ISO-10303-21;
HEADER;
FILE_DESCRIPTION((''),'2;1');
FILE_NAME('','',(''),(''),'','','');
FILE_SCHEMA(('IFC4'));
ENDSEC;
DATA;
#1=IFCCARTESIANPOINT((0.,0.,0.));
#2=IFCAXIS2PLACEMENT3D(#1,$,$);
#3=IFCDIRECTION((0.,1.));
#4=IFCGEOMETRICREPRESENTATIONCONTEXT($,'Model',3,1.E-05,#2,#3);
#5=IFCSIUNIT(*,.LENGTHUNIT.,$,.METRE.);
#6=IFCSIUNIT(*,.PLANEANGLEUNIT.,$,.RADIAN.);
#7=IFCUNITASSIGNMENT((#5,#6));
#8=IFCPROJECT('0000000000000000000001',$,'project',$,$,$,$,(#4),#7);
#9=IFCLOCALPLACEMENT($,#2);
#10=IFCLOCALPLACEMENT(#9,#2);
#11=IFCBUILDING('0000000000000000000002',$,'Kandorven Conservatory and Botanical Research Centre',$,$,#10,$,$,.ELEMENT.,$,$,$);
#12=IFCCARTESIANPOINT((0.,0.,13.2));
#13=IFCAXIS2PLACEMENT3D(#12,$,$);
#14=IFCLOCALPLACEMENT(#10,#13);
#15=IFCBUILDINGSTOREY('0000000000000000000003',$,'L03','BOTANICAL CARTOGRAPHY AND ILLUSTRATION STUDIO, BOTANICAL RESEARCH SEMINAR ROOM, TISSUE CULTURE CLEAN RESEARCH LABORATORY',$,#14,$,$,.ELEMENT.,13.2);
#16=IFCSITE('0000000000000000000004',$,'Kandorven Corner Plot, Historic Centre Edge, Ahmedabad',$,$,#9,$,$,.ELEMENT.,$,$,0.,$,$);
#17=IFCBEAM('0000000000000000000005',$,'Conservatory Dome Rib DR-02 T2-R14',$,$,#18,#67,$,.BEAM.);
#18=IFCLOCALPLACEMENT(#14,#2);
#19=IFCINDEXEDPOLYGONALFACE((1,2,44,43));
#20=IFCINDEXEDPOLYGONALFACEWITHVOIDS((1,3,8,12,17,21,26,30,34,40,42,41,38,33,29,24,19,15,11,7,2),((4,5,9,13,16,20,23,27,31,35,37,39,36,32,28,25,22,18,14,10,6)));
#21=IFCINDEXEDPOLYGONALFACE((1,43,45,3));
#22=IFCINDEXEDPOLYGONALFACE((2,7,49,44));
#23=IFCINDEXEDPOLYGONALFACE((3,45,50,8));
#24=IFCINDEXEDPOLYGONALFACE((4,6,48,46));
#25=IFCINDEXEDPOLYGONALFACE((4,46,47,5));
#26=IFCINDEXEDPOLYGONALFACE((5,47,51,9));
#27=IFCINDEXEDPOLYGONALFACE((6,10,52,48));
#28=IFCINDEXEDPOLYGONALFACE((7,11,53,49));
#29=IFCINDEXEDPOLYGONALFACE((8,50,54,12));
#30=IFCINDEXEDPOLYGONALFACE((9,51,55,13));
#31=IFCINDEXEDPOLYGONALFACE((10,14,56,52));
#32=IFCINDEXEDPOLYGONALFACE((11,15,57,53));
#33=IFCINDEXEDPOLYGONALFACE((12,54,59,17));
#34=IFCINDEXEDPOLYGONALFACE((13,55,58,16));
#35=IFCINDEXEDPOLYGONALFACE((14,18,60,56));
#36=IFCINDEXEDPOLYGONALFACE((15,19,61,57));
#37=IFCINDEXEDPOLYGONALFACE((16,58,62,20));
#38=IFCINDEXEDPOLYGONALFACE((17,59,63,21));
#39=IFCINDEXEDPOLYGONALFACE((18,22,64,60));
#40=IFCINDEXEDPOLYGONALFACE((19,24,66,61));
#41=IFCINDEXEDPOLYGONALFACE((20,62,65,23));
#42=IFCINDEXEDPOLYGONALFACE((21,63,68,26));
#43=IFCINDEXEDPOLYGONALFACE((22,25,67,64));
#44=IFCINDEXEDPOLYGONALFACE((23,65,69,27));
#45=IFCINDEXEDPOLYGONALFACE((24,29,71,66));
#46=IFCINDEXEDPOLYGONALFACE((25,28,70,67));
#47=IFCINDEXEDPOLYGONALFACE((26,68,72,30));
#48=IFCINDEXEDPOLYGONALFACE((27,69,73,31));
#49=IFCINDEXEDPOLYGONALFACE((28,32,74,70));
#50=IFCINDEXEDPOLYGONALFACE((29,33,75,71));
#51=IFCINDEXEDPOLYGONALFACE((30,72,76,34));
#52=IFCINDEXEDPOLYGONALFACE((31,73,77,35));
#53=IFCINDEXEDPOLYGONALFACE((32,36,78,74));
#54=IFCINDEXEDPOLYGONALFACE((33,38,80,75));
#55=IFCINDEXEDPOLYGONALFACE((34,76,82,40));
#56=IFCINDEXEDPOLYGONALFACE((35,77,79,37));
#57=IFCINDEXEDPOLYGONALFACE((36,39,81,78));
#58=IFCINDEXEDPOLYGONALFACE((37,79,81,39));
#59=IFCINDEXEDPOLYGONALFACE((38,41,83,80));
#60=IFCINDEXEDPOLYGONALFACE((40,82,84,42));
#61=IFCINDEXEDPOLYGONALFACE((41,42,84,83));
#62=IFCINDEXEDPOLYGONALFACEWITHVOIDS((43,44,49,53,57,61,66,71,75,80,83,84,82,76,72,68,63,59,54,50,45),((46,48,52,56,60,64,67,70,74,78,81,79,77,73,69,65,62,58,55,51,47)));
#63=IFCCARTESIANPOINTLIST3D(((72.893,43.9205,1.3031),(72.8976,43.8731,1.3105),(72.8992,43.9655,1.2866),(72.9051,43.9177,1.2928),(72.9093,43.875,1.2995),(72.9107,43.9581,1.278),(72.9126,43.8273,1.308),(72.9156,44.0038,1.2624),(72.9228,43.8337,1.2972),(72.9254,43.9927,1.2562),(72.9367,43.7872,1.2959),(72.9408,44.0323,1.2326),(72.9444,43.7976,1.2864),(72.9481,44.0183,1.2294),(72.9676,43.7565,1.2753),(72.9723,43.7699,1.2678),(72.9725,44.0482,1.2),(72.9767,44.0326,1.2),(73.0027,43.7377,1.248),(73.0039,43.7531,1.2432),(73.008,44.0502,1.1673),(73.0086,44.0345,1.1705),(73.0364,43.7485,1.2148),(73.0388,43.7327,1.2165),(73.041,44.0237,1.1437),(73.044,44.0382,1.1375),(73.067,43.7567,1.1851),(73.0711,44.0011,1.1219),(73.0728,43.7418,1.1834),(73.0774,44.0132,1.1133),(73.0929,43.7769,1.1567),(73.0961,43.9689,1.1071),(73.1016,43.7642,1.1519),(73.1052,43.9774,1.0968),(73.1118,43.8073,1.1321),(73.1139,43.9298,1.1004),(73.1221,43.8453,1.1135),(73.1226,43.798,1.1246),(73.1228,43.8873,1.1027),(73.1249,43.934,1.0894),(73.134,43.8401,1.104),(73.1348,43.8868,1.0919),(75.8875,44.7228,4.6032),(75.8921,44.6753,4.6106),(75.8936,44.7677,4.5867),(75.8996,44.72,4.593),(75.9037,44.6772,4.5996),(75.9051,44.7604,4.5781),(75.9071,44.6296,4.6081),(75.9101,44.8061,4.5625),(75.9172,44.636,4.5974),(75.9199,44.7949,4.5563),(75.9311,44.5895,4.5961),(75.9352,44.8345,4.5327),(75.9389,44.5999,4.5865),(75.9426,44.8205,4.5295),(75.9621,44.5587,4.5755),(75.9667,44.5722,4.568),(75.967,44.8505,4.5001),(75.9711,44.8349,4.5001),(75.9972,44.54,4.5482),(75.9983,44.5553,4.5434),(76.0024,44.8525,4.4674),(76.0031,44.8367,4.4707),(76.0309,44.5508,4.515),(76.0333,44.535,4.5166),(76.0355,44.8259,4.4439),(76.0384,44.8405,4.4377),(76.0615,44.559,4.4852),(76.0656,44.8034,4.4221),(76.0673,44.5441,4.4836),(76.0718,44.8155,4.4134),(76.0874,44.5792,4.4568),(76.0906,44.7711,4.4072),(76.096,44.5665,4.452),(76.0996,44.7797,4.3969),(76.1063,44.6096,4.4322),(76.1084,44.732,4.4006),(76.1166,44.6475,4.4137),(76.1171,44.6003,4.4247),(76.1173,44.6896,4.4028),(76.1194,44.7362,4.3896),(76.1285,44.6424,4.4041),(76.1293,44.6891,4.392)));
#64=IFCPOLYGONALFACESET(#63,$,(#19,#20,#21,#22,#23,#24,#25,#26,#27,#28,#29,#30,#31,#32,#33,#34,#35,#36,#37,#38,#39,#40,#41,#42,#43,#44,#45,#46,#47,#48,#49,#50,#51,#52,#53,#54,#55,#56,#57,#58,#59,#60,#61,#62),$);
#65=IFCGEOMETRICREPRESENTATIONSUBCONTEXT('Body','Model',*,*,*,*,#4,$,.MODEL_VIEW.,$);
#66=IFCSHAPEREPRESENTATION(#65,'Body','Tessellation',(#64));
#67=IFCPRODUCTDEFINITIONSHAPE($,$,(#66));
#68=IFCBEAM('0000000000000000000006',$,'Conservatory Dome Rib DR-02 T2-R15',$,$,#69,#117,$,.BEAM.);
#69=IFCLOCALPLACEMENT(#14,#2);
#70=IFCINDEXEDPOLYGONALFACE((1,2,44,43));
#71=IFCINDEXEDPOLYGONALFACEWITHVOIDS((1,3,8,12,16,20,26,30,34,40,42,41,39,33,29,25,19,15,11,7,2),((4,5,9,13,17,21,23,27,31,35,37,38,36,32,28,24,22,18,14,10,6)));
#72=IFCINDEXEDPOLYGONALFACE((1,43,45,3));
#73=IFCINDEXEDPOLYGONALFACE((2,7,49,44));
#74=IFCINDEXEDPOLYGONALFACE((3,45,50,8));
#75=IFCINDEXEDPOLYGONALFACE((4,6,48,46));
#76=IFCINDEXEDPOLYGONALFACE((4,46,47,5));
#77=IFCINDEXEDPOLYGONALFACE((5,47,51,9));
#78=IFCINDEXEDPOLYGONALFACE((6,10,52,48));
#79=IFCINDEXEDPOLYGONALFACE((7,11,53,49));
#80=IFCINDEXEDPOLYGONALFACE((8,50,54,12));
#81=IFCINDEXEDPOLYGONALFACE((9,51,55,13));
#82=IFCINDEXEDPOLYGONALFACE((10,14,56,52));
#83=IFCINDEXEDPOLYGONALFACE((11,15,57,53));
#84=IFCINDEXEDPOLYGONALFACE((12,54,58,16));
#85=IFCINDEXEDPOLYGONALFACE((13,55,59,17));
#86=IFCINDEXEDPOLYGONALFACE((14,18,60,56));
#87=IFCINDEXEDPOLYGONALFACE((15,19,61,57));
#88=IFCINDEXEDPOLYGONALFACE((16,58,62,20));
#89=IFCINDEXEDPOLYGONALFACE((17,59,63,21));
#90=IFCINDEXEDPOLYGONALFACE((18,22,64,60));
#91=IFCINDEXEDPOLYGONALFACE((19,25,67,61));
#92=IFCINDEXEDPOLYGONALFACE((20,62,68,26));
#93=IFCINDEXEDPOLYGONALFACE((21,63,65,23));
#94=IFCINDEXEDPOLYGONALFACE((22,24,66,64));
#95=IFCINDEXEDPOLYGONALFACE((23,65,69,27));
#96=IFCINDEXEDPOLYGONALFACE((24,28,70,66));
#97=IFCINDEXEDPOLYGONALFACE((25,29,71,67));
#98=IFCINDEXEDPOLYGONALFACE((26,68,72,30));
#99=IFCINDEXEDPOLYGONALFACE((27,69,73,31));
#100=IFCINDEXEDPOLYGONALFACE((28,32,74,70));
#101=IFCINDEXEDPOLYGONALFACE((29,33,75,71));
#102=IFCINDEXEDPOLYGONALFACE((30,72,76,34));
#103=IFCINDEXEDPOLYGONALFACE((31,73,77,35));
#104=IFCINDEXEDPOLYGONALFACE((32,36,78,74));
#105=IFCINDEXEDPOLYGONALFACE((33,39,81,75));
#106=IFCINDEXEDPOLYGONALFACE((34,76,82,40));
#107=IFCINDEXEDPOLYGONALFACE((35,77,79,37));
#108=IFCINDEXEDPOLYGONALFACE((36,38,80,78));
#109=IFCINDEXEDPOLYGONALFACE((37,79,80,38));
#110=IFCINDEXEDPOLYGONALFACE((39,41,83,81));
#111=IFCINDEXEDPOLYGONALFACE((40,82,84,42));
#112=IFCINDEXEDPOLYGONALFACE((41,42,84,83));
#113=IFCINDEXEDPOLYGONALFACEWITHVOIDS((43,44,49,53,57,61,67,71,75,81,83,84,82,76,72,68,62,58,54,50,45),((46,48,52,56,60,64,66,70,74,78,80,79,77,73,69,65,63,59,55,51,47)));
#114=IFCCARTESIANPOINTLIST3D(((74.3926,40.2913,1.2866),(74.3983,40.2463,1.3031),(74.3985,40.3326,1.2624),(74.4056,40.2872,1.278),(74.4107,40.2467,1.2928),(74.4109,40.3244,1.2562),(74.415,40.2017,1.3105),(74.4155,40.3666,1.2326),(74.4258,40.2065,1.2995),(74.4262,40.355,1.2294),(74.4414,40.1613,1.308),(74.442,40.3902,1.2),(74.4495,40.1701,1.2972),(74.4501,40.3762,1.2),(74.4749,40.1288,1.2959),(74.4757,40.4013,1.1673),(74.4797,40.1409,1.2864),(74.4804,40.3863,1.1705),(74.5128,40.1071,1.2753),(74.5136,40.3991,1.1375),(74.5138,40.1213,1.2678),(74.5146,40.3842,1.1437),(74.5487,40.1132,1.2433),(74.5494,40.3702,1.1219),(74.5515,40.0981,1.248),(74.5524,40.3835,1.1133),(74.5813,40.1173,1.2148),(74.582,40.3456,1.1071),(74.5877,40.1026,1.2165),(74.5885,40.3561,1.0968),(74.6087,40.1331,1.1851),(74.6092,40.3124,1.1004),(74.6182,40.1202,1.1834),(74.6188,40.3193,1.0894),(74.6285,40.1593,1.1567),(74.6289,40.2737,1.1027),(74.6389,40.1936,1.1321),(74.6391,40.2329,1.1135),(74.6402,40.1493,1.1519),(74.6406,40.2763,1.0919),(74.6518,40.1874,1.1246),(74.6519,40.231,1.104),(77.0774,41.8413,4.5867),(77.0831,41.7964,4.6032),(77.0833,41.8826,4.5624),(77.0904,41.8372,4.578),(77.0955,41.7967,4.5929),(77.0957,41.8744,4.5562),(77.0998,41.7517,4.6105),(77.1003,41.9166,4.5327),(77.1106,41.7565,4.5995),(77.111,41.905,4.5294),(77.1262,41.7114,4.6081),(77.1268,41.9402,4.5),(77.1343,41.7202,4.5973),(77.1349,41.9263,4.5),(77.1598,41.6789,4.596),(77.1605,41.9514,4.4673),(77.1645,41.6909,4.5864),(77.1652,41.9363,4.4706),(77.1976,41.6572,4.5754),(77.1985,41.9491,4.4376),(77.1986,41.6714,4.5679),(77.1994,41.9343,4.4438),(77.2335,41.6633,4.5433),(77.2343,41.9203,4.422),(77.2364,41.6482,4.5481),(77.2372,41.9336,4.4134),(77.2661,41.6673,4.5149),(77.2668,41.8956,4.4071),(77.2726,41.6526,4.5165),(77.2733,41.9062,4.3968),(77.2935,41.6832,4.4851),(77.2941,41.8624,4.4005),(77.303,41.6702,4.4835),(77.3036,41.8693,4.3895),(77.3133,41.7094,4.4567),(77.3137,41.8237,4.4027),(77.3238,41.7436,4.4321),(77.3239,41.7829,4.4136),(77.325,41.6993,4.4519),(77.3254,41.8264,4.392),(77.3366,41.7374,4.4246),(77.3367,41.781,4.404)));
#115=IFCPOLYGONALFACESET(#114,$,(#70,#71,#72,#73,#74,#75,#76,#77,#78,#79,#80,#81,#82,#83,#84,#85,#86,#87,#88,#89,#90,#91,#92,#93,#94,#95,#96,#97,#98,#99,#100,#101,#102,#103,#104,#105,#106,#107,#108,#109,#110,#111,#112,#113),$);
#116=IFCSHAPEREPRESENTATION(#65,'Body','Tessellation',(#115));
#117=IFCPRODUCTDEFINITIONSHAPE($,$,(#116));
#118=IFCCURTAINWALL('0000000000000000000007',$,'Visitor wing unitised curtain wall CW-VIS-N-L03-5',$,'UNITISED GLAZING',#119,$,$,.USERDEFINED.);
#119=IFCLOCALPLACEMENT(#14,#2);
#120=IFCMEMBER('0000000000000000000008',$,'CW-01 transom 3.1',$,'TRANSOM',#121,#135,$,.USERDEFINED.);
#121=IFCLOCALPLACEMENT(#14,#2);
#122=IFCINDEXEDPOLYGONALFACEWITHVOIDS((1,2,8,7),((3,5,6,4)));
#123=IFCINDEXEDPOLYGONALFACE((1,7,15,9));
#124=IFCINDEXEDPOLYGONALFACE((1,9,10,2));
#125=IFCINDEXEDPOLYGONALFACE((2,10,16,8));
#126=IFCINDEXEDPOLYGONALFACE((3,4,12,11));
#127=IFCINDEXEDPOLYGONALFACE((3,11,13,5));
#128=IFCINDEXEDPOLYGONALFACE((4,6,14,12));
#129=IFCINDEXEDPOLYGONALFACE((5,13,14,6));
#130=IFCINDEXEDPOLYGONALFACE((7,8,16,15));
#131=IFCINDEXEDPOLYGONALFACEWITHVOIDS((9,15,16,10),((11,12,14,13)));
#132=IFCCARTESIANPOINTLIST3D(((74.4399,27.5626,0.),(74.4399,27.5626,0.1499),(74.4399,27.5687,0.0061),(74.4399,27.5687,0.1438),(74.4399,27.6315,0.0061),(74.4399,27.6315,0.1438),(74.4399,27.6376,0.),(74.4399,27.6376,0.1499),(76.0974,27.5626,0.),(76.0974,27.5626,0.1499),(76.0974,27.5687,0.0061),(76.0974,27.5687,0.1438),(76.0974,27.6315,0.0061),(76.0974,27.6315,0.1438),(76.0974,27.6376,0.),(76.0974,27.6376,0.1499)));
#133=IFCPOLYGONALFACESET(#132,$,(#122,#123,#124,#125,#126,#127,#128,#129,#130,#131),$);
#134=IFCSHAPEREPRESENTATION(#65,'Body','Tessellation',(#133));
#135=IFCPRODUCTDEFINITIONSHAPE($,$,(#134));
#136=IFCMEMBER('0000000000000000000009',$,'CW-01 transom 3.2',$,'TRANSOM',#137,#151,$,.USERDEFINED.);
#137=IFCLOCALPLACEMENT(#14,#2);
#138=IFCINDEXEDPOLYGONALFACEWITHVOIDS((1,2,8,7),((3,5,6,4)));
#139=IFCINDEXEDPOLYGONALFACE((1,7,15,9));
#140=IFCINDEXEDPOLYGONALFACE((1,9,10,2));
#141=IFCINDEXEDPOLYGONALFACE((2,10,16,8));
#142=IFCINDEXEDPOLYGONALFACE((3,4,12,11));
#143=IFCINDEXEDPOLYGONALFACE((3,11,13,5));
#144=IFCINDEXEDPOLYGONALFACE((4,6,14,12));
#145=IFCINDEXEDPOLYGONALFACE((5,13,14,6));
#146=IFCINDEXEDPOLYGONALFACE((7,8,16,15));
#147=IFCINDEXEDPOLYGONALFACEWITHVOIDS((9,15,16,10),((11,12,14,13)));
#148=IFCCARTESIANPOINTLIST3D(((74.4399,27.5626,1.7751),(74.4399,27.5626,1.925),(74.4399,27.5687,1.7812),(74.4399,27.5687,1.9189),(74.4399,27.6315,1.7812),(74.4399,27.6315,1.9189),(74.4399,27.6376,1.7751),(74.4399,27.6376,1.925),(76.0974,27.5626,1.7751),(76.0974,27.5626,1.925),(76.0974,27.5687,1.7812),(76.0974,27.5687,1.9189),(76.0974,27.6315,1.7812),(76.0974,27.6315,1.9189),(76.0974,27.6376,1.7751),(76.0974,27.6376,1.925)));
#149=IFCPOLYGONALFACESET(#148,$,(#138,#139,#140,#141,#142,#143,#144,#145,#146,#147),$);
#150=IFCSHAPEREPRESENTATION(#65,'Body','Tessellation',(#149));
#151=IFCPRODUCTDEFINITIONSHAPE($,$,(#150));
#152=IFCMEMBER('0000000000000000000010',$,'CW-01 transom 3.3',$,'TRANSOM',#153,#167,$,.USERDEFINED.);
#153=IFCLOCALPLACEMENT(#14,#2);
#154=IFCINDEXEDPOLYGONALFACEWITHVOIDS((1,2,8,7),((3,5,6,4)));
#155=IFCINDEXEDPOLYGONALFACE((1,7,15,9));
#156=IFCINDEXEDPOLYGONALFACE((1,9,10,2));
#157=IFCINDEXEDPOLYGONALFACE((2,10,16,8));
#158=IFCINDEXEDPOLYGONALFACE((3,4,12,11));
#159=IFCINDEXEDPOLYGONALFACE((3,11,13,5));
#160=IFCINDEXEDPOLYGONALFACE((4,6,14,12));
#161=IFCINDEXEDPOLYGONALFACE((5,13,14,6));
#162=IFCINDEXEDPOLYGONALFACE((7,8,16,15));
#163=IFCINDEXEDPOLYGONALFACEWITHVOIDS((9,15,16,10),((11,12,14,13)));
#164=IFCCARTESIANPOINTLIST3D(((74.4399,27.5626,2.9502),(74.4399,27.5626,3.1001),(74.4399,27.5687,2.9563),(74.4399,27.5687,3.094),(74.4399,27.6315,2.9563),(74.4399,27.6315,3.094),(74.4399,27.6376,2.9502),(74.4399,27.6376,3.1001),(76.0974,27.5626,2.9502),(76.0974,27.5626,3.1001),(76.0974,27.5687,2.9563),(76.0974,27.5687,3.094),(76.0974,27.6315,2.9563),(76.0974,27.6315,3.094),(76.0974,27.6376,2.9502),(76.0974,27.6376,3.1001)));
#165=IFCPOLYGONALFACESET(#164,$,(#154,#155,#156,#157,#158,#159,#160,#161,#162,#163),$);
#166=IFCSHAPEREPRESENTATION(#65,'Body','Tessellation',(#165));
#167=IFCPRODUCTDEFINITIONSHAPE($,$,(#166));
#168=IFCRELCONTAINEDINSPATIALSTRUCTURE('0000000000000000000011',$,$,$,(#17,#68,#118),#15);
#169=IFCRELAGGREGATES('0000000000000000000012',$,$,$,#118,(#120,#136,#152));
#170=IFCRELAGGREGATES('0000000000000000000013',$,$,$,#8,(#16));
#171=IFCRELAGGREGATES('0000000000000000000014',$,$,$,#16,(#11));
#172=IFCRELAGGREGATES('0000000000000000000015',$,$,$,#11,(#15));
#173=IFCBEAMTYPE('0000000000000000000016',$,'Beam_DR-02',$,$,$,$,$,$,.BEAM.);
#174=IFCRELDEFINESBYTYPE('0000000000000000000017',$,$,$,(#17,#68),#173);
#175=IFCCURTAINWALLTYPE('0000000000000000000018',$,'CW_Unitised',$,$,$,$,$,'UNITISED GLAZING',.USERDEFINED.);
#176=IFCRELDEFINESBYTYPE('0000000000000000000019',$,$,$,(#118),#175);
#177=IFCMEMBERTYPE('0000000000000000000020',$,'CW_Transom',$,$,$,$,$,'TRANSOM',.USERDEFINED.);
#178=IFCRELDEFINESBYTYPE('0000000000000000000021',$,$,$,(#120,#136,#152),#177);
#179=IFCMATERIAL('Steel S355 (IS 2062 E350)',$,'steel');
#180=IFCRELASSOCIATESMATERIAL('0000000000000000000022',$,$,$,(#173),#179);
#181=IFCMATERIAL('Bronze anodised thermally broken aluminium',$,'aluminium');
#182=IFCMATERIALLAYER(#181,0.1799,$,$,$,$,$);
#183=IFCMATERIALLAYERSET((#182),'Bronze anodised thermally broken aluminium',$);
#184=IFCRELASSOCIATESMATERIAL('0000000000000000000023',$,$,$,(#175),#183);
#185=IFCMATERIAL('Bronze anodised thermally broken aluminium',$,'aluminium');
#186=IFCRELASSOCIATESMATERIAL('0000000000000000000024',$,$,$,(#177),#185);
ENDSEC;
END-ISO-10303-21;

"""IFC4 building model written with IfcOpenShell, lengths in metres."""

from ifc_helpers import new_model, si_unit, direction, frame, origin, origin_2d, place, context, subcontext, project, spatial, hollow_rectangle, hollow_circle, extrude, material, layer, layer_set, material_profile, profile_set, type_object, element, aggregate, save


model = new_model("IFC4")

# Units and contexts
model_context = context("Model", 3, precision=1e-05, world=origin(), true_north=direction((0.0, 1.0)))
body_context = subcontext(model_context, "Body", "Model", "MODEL_VIEW")
ifc_project = project(units=[si_unit("LENGTHUNIT", "METRE"), si_unit("PLANEANGLEUNIT", "RADIAN")], contexts=[model_context])

# Site, building, storey
site_placement = place(None, origin())
site = spatial("IfcSite", under=ifc_project, at=site_placement, Name="Kandorven Corner Plot, Historic Centre Edge, Ahmedabad", CompositionType="ELEMENT", RefElevation=0.0)
building_placement = place(site_placement, origin())
building = spatial("IfcBuilding", under=site, at=building_placement, Name="Kandorven Conservatory and Botanical Research Centre", CompositionType="ELEMENT")
storey_placement = place(building_placement, frame((0.0, 0.0, 13.2)))
storey = spatial("IfcBuildingStorey", under=building, at=storey_placement, Name="L03", Description="BOTANICAL CARTOGRAPHY AND ILLUSTRATION STUDIO, BOTANICAL RESEARCH SEMINAR ROOM, TISSUE CULTURE CLEAN RESEARCH LABORATORY", CompositionType="ELEMENT", Elevation=13.2)

# Beams
ifc_material_1 = material(Name="Steel S355 (IS 2062 E350)", Category="steel")
ifc_material_profile_1 = material_profile(ifc_material_1, hollow_circle(Radius=0.1619, WallThickness=0.0161, at=origin_2d()))
ifc_profile_set_1 = profile_set([ifc_material_profile_1], Name="Steel S355 (IS 2062 E350)")
beam_type_1 = type_object("IfcBeamType", Name="Beam_DR-02", PredefinedType="BEAM", material=ifc_profile_set_1)
for number, where, z_axis, x_axis, name in (
    (1, (73.0144, 43.8918, 1.2), (0.661345, 0.177185, 0.728854), (-0.25879, 0.965934, 0.0), "Conservatory Dome Rib DR-02 T2-R14"),
    (2, (74.5229, 40.25, 1.2), (0.592959, 0.342338, 0.728837), (-0.499993, 0.86603, 0.0), "Conservatory Dome Rib DR-02 T2-R15"),
):
    element("IfcBeam", number, at=place(storey_placement, frame(where, z_axis=z_axis, x_axis=x_axis)), inside=storey, type_object=beam_type_1, Name=name, PredefinedType="BEAM", context=body_context, shape_type="SweptSolid", body=[
        extrude(hollow_circle(Radius=0.1619, WallThickness=0.0161, at=origin_2d()), origin(), (0.0, 0.0, 1.0), 4.5278),
    ])

# Curtain wall, members
ifc_material_2 = material(Name="Bronze anodised thermally broken aluminium", Category="aluminium")
ifc_layer_1 = layer(ifc_material_2, 0.1799)
ifc_layer_set_1 = layer_set([ifc_layer_1], Name="Bronze anodised thermally broken aluminium")
curtain_wall_type = type_object("IfcCurtainWallType", Name="CW_Unitised", ElementType="UNITISED GLAZING", PredefinedType="USERDEFINED", material=ifc_layer_set_1)
curtain_wall_placement = place(storey_placement, origin())
curtain_wall = element("IfcCurtainWall", 3, at=curtain_wall_placement, inside=storey, type_object=curtain_wall_type, Name="Visitor wing unitised curtain wall CW-VIS-N-L03-5", ObjectType="UNITISED GLAZING", PredefinedType="USERDEFINED")
ifc_material_3 = material(Name="Bronze anodised thermally broken aluminium", Category="aluminium")
ifc_material_profile_2 = material_profile(ifc_material_3, hollow_rectangle(XDim=0.075, YDim=0.1499, WallThickness=0.0061, at=origin_2d()))
ifc_profile_set_2 = profile_set([ifc_material_profile_2], Name="Bronze anodised thermally broken aluminium")
member_type_1 = type_object("IfcMemberType", Name="CW_Transom", ElementType="TRANSOM", PredefinedType="USERDEFINED", material=ifc_profile_set_2)
member_1_placement = place(storey_placement, frame((74.4399, 27.6001, 0.075), z_axis=(1.0, 0.0, 0.0), x_axis=(0.0, 1.0, 0.0)))
member_1 = element("IfcMember", 4, at=member_1_placement, type_object=member_type_1, Name="CW-01 transom 3.1", ObjectType="TRANSOM", PredefinedType="USERDEFINED", context=body_context, shape_type="SweptSolid", body=[
    extrude(hollow_rectangle(XDim=0.075, YDim=0.1499, WallThickness=0.0061, at=origin_2d()), origin(), (0.0, 0.0, 1.0), 1.6575),
])
member_2_placement = place(storey_placement, frame((74.4399, 27.6001, 1.8501), z_axis=(1.0, 0.0, 0.0), x_axis=(0.0, 1.0, 0.0)))
member_2 = element("IfcMember", 5, at=member_2_placement, type_object=member_type_1, Name="CW-01 transom 3.2", ObjectType="TRANSOM", PredefinedType="USERDEFINED", context=body_context, shape_type="SweptSolid", body=[
    extrude(hollow_rectangle(XDim=0.075, YDim=0.1499, WallThickness=0.0061, at=origin_2d()), origin(), (0.0, 0.0, 1.0), 1.6575),
])
member_3_placement = place(storey_placement, frame((74.4399, 27.6001, 3.0251), z_axis=(1.0, 0.0, 0.0), x_axis=(0.0, 1.0, 0.0)))
member_3 = element("IfcMember", 6, at=member_3_placement, type_object=member_type_1, Name="CW-01 transom 3.3", ObjectType="TRANSOM", PredefinedType="USERDEFINED", context=body_context, shape_type="SweptSolid", body=[
    extrude(hollow_rectangle(XDim=0.075, YDim=0.1499, WallThickness=0.0061, at=origin_2d()), origin(), (0.0, 0.0, 1.0), 1.6575),
])

aggregate(curtain_wall, [member_1, member_2, member_3])

save(model, "model.ifc")
